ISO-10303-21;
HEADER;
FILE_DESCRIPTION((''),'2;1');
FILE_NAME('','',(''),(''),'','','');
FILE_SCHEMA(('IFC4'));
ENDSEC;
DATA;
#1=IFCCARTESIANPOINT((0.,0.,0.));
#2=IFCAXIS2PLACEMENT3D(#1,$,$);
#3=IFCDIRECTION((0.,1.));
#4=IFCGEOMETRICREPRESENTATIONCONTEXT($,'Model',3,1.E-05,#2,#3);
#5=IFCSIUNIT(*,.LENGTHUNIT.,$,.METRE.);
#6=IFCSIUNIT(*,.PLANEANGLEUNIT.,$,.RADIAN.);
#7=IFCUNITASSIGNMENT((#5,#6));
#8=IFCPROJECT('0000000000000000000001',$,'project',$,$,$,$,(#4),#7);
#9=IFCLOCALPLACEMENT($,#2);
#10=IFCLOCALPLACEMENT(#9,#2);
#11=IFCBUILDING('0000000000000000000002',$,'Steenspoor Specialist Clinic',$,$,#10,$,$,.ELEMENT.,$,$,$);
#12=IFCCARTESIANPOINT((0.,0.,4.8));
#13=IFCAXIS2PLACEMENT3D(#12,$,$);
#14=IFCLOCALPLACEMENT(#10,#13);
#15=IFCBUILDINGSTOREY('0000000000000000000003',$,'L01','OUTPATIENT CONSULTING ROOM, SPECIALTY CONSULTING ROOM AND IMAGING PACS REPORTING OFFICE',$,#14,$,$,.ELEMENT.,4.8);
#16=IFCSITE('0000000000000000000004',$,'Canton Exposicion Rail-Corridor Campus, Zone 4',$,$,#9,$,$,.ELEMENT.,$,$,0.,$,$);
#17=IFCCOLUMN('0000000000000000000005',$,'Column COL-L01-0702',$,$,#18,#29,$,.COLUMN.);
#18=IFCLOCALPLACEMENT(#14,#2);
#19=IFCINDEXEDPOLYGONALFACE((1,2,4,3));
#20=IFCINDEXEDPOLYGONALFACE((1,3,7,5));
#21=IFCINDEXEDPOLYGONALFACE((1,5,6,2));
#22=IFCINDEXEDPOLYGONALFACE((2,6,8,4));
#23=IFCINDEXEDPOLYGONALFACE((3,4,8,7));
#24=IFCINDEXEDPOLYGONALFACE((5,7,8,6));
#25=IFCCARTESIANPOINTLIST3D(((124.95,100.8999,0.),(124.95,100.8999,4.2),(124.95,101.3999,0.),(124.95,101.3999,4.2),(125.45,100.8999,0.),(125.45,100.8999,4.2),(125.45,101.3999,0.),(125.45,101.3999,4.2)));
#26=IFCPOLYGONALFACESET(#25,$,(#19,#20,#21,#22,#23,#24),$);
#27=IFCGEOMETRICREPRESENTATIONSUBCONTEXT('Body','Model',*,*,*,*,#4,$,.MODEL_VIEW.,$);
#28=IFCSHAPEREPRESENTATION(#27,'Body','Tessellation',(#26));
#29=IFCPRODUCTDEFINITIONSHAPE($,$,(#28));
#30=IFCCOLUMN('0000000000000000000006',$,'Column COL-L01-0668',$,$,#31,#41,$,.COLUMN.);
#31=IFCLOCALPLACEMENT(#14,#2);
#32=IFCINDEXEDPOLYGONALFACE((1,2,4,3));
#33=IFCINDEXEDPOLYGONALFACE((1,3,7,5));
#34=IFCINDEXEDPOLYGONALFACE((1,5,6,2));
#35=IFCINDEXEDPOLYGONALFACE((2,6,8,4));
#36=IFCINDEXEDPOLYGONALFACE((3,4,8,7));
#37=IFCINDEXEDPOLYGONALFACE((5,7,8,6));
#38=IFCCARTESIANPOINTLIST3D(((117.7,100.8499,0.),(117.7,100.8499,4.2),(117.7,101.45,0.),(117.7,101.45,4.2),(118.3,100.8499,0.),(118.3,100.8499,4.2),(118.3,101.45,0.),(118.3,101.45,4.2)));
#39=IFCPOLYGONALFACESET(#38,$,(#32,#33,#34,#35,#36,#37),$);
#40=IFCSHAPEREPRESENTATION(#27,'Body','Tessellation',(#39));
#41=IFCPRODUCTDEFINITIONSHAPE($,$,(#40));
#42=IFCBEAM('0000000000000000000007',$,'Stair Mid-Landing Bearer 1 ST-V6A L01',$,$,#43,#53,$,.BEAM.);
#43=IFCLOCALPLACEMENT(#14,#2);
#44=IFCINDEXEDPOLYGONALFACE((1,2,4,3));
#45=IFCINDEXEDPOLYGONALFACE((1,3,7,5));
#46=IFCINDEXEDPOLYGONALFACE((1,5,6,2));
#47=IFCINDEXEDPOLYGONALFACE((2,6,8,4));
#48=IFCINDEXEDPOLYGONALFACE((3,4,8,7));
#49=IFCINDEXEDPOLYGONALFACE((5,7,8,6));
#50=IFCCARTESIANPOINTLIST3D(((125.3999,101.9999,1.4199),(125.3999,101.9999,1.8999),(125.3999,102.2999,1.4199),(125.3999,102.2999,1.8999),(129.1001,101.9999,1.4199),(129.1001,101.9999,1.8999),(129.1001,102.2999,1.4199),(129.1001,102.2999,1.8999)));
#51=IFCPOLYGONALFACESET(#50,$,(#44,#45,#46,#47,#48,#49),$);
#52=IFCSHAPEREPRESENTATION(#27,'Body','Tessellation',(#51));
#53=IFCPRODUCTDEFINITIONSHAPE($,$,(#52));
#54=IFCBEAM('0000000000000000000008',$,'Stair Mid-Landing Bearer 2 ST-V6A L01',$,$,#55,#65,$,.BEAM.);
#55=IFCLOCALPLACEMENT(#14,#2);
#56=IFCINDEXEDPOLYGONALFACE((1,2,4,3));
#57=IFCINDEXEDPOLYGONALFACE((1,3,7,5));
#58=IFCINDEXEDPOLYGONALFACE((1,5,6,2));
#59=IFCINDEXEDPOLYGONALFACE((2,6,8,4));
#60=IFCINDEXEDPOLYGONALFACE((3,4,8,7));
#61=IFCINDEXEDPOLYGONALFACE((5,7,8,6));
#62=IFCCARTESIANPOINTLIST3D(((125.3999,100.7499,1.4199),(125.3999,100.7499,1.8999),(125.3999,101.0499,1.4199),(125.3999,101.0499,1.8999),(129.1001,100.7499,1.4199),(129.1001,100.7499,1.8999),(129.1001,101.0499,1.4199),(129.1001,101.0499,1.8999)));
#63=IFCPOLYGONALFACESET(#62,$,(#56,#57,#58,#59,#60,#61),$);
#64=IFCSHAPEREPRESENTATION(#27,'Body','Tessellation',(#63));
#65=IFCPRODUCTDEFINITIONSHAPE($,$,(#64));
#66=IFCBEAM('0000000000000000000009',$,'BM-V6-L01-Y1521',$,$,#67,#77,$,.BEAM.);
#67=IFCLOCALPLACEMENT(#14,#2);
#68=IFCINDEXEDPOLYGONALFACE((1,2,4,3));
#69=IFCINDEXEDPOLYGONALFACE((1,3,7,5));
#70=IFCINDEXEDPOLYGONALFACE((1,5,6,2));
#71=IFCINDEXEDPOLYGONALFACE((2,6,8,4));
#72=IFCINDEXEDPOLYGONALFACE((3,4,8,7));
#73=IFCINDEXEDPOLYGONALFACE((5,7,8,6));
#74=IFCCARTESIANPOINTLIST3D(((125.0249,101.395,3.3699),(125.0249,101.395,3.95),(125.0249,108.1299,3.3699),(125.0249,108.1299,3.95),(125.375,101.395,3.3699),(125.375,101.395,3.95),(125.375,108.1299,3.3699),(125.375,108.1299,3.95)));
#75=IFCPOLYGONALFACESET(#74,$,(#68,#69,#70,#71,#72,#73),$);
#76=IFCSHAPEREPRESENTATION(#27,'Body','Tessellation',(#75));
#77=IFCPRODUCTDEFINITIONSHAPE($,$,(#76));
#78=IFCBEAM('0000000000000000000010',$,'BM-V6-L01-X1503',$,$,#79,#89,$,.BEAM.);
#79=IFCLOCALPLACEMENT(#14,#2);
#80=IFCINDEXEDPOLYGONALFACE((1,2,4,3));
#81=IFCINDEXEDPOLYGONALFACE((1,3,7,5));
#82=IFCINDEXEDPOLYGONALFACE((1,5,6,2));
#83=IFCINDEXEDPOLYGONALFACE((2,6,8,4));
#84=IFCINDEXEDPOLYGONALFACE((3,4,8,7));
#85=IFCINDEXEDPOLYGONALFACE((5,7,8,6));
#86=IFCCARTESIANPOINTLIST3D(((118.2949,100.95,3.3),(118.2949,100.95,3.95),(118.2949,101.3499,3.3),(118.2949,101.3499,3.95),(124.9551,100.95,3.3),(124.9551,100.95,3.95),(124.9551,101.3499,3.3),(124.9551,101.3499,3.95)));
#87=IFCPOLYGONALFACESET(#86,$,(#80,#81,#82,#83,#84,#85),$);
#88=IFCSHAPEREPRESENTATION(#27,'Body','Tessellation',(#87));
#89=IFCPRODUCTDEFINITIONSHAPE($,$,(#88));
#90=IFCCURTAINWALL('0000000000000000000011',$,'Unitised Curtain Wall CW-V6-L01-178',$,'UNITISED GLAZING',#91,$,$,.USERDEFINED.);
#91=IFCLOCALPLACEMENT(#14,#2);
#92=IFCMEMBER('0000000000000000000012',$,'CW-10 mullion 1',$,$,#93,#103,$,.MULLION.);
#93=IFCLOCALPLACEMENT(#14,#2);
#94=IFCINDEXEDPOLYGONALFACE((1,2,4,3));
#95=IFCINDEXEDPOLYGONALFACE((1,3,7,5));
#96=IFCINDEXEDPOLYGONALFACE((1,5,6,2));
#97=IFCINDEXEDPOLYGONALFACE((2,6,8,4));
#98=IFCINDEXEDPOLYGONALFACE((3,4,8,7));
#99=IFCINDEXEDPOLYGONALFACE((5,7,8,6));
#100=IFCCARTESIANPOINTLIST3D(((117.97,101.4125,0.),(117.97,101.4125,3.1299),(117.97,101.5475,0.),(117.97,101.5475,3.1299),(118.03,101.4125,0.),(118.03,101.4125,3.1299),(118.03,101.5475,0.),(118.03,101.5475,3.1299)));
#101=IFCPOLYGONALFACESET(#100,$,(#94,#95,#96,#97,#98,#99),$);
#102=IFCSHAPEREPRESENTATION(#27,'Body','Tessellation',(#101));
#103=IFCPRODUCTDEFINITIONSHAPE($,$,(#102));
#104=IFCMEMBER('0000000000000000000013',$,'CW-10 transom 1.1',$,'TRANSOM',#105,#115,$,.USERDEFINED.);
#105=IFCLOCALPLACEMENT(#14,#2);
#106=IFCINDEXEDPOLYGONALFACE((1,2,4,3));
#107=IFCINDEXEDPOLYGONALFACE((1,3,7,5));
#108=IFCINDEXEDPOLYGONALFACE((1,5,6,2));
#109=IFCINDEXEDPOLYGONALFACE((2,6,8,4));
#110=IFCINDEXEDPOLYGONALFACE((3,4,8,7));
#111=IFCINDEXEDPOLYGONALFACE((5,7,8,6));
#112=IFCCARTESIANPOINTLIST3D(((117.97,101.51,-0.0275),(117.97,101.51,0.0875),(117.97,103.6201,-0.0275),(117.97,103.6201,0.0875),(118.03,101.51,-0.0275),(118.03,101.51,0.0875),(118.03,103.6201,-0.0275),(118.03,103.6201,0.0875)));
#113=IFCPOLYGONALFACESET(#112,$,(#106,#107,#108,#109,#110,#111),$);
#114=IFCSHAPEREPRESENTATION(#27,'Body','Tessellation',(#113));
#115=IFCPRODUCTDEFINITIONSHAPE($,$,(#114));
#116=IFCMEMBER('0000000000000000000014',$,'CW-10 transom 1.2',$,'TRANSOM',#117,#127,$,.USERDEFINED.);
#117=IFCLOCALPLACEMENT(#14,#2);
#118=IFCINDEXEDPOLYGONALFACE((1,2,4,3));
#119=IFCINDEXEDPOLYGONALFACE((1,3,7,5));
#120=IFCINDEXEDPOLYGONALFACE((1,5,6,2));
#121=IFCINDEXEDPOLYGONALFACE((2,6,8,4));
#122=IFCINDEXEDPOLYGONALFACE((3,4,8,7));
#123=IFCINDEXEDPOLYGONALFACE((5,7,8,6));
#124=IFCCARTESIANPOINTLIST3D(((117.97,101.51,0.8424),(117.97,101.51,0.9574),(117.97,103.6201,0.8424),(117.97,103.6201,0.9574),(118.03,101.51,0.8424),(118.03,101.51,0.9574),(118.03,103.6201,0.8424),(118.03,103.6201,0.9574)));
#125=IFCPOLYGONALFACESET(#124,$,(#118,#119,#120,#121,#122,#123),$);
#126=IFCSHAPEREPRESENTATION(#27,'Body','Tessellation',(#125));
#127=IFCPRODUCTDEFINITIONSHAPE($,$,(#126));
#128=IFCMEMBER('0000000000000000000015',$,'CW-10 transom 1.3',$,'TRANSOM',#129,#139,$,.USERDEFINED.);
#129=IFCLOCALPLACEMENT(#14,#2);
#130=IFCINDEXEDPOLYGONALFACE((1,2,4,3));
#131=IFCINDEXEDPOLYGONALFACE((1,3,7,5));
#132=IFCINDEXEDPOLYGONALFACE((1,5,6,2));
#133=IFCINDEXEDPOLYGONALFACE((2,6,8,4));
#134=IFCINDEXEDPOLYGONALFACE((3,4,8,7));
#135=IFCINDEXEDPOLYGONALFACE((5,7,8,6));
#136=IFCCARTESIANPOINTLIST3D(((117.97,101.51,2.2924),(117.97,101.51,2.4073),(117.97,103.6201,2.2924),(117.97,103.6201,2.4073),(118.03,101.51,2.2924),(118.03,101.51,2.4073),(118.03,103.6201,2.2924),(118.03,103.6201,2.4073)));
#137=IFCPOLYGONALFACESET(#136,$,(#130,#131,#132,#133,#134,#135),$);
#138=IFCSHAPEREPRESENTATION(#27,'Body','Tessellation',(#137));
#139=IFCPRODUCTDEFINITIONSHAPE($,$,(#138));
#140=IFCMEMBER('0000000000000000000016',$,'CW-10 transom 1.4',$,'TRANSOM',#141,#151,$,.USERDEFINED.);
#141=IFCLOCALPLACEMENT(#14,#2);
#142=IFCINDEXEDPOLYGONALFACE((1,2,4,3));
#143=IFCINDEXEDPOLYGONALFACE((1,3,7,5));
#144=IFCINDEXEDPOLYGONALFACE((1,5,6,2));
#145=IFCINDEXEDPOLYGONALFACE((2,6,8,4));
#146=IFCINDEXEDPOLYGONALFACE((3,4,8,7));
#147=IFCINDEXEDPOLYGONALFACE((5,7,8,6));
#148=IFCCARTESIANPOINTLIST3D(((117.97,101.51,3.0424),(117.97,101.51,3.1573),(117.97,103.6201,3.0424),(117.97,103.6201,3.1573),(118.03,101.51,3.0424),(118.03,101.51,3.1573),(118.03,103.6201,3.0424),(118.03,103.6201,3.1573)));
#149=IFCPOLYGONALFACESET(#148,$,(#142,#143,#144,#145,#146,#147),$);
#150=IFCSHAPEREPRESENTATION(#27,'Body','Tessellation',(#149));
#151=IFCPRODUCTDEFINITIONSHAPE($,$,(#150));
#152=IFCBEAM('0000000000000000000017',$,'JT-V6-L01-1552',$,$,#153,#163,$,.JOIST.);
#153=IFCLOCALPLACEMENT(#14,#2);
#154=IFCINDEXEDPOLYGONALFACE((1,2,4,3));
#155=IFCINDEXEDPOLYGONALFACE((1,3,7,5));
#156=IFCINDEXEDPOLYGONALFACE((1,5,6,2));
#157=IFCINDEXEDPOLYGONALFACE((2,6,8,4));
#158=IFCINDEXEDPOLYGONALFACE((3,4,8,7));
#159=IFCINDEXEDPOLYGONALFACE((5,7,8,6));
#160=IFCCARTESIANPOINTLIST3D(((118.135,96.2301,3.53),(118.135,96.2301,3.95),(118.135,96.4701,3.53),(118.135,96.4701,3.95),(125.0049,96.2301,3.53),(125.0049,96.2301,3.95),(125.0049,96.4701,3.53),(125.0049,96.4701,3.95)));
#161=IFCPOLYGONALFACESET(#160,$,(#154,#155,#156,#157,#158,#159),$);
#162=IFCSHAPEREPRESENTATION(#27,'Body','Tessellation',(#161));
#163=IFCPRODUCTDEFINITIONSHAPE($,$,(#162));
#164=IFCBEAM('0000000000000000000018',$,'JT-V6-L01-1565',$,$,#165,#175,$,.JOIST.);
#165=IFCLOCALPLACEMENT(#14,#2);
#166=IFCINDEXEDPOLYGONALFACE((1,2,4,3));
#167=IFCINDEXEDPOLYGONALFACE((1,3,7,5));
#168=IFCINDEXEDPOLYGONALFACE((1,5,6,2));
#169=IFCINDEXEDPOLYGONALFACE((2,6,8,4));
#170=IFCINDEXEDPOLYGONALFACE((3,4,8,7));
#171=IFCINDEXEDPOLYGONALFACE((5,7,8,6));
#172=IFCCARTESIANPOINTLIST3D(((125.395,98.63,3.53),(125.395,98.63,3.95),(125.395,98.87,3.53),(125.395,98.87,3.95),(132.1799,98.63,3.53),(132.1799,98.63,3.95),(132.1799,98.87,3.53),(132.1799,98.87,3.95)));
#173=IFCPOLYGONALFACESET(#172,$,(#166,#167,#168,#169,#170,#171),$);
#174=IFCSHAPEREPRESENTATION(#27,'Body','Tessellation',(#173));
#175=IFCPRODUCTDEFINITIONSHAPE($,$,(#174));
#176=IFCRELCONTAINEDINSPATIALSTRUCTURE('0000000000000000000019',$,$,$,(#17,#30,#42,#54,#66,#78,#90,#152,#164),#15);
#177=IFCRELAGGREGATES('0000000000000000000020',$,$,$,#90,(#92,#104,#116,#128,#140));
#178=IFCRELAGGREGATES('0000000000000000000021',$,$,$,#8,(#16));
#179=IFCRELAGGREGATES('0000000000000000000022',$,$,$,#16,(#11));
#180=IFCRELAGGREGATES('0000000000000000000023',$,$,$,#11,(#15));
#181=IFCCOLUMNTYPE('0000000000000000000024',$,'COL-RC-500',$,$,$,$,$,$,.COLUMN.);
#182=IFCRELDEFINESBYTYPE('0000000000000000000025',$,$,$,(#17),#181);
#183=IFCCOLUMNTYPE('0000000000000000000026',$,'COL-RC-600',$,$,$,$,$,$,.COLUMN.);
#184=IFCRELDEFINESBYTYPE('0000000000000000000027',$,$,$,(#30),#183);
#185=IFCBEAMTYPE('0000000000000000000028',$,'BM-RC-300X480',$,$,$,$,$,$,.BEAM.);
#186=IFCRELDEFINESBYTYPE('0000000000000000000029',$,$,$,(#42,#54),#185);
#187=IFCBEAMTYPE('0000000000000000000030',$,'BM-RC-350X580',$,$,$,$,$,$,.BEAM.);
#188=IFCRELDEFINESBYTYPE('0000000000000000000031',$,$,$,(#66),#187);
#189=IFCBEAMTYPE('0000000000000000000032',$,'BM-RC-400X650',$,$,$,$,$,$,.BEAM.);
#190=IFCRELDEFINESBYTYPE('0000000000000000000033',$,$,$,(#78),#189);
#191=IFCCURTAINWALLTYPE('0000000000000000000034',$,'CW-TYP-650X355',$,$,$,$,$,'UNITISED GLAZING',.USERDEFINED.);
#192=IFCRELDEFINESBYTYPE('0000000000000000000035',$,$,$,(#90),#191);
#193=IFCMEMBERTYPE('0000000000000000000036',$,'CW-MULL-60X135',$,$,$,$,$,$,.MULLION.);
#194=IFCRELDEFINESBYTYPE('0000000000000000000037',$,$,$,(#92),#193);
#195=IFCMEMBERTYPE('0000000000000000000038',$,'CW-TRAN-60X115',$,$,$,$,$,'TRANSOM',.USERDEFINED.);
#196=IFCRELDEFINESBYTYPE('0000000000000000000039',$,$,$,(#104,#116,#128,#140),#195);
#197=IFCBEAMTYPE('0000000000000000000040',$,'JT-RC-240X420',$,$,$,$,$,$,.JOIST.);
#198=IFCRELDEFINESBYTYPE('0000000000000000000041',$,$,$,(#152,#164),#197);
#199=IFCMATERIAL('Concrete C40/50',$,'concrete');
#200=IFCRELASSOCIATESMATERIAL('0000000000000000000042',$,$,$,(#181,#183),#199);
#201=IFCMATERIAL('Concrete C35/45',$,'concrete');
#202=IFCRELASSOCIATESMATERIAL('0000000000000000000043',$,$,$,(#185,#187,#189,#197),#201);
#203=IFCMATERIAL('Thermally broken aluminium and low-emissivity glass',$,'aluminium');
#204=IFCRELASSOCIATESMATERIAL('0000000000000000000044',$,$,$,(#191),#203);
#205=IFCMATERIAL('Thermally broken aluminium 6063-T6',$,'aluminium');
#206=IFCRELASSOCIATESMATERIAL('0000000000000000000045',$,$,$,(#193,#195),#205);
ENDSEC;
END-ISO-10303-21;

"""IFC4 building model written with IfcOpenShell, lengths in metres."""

from ifc_helpers import new_model, si_unit, direction, frame, origin, origin_2d, place, context, subcontext, project, spatial, rectangle, extrude, material, material_profile, profile_set, type_object, element, aggregate, save


model = new_model("IFC4")

# Units and contexts
model_context = context("Model", 3, precision=1e-05, world=origin(), true_north=direction((0.0, 1.0)))
body_context = subcontext(model_context, "Body", "Model", "MODEL_VIEW")
ifc_project = project(units=[si_unit("LENGTHUNIT", "METRE"), si_unit("PLANEANGLEUNIT", "RADIAN")], contexts=[model_context])

# Site, building, storey
site_placement = place(None, origin())
site = spatial("IfcSite", under=ifc_project, at=site_placement, Name="Canton Exposicion Rail-Corridor Campus, Zone 4", CompositionType="ELEMENT", RefElevation=0.0)
building_placement = place(site_placement, origin())
building = spatial("IfcBuilding", under=site, at=building_placement, Name="Steenspoor Specialist Clinic", CompositionType="ELEMENT")
storey_placement = place(building_placement, frame((0.0, 0.0, 4.8)))
storey = spatial("IfcBuildingStorey", under=building, at=storey_placement, Name="L01", Description="OUTPATIENT CONSULTING ROOM, SPECIALTY CONSULTING ROOM AND IMAGING PACS REPORTING OFFICE", CompositionType="ELEMENT", Elevation=4.8)

# Columns
ifc_material_1 = material(Name="Concrete C40/50", Category="concrete")
ifc_material_profile_1 = material_profile(ifc_material_1, rectangle(XDim=0.5, YDim=0.5, at=origin_2d()), Name="RC-COL-500X500")
ifc_profile_set_1 = profile_set([ifc_material_profile_1], Name="Concrete C40/50")
column_type_1 = type_object("IfcColumnType", Name="COL-RC-500", PredefinedType="COLUMN", material=ifc_profile_set_1)
column_1_placement = place(storey_placement, frame((125.2, 101.1499, 0.0), z_axis=(0.0, 0.0, 1.0), x_axis=(1.0, 0.0, 0.0)))
element("IfcColumn", 1, at=column_1_placement, inside=storey, type_object=column_type_1, Name="Column COL-L01-0702", PredefinedType="COLUMN", context=body_context, shape_type="SweptSolid", body=[
    extrude(rectangle(XDim=0.5, YDim=0.5, at=origin_2d()), origin(), (0.0, 0.0, 1.0), 4.2),
])
ifc_material_profile_2 = material_profile(ifc_material_1, rectangle(XDim=0.6001, YDim=0.6001, at=origin_2d()), Name="RC-COL-600X600")
ifc_profile_set_2 = profile_set([ifc_material_profile_2], Name="Concrete C40/50")
column_type_2 = type_object("IfcColumnType", Name="COL-RC-600", PredefinedType="COLUMN", material=ifc_profile_set_2)
column_2_placement = place(storey_placement, frame((118.0, 101.1499, 0.0), z_axis=(0.0, 0.0, 1.0), x_axis=(1.0, 0.0, 0.0)))
element("IfcColumn", 2, at=column_2_placement, inside=storey, type_object=column_type_2, Name="Column COL-L01-0668", PredefinedType="COLUMN", context=body_context, shape_type="SweptSolid", body=[
    extrude(rectangle(XDim=0.6001, YDim=0.6001, at=origin_2d()), origin(), (0.0, 0.0, 1.0), 4.2),
])

# Beams
ifc_material_2 = material(Name="Concrete C35/45", Category="concrete")
ifc_material_profile_3 = material_profile(ifc_material_2, rectangle(XDim=0.3, YDim=0.48, at=origin_2d()), Name="RC-BM-300X480")
ifc_profile_set_3 = profile_set([ifc_material_profile_3], Name="Concrete C35/45")
beam_type_1 = type_object("IfcBeamType", Name="BM-RC-300X480", PredefinedType="BEAM", material=ifc_profile_set_3)
for number, where, z_axis, x_axis, name in (
    (3, (125.3999, 102.1499, 1.6599), (1.0, 0.0, 0.0), (0.0, 1.0, 0.0), "Stair Mid-Landing Bearer 1 ST-V6A L01"),
    (4, (125.3999, 100.8999, 1.6599), (1.0, 0.0, 0.0), (0.0, 1.0, 0.0), "Stair Mid-Landing Bearer 2 ST-V6A L01"),
):
    element("IfcBeam", number, at=place(storey_placement, frame(where, z_axis=z_axis, x_axis=x_axis)), inside=storey, type_object=beam_type_1, Name=name, PredefinedType="BEAM", context=body_context, shape_type="SweptSolid", body=[
        extrude(rectangle(XDim=0.3, YDim=0.48, at=origin_2d()), origin(), (0.0, 0.0, 1.0), 3.7002),
    ])
ifc_material_profile_4 = material_profile(ifc_material_2, rectangle(XDim=0.3501, YDim=0.5801, at=origin_2d()), Name="RC-BM-350X580")
ifc_profile_set_4 = profile_set([ifc_material_profile_4], Name="Concrete C35/45")
beam_type_2 = type_object("IfcBeamType", Name="BM-RC-350X580", PredefinedType="BEAM", material=ifc_profile_set_4)
beam_1_placement = place(storey_placement, frame((125.2, 101.395, 3.6599), z_axis=(0.0, 1.0, 0.0), x_axis=(-1.0, 0.0, 0.0)))
element("IfcBeam", 5, at=beam_1_placement, inside=storey, type_object=beam_type_2, Name="BM-V6-L01-Y1521", PredefinedType="BEAM", context=body_context, shape_type="SweptSolid", body=[
    extrude(rectangle(XDim=0.3501, YDim=0.5801, at=origin_2d()), origin(), (0.0, 0.0, 1.0), 6.7349),
])
ifc_material_profile_5 = material_profile(ifc_material_2, rectangle(XDim=0.3999, YDim=0.6499, at=origin_2d()), Name="RC-BM-400X650")
ifc_profile_set_5 = profile_set([ifc_material_profile_5], Name="Concrete C35/45")
beam_type_3 = type_object("IfcBeamType", Name="BM-RC-400X650", PredefinedType="BEAM", material=ifc_profile_set_5)
beam_2_placement = place(storey_placement, frame((118.2949, 101.1499, 3.625), z_axis=(1.0, 0.0, 0.0), x_axis=(0.0, 1.0, 0.0)))
element("IfcBeam", 6, at=beam_2_placement, inside=storey, type_object=beam_type_3, Name="BM-V6-L01-X1503", PredefinedType="BEAM", context=body_context, shape_type="SweptSolid", body=[
    extrude(rectangle(XDim=0.3999, YDim=0.6499, at=origin_2d()), origin(), (0.0, 0.0, 1.0), 6.6602),
])

# Curtain wall, members
ifc_material_3 = material(Name="Thermally broken aluminium and low-emissivity glass", Category="aluminium")
curtain_wall_type = type_object("IfcCurtainWallType", Name="CW-TYP-650X355", ElementType="UNITISED GLAZING", PredefinedType="USERDEFINED", material=ifc_material_3)
curtain_wall_placement = place(storey_placement, origin())
curtain_wall = element("IfcCurtainWall", 7, at=curtain_wall_placement, inside=storey, type_object=curtain_wall_type, Name="Unitised Curtain Wall CW-V6-L01-178", ObjectType="UNITISED GLAZING", PredefinedType="USERDEFINED")
ifc_material_4 = material(Name="Thermally broken aluminium 6063-T6", Category="aluminium")
ifc_material_profile_6 = material_profile(ifc_material_4, rectangle(XDim=0.0601, YDim=0.135, at=origin_2d()), Name="CWM-60X135")
ifc_profile_set_6 = profile_set([ifc_material_profile_6], Name="Thermally broken aluminium 6063-T6")
member_type_1 = type_object("IfcMemberType", Name="CW-MULL-60X135", PredefinedType="MULLION", material=ifc_profile_set_6)
member_1_placement = place(storey_placement, frame((118.0, 101.48, 0.0), z_axis=(0.0, 0.0, 1.0), x_axis=(-1.0, 0.0, 0.0)))
member_1 = element("IfcMember", 8, at=member_1_placement, type_object=member_type_1, Name="CW-10 mullion 1", PredefinedType="MULLION", context=body_context, shape_type="SweptSolid", body=[
    extrude(rectangle(XDim=0.0601, YDim=0.135, at=origin_2d()), origin(), (0.0, 0.0, 1.0), 3.1299),
])
ifc_material_profile_7 = material_profile(ifc_material_4, rectangle(XDim=0.0601, YDim=0.115, at=origin_2d()), Name="CWT-60X115")
ifc_profile_set_7 = profile_set([ifc_material_profile_7], Name="Thermally broken aluminium 6063-T6")
member_type_2 = type_object("IfcMemberType", Name="CW-TRAN-60X115", ElementType="TRANSOM", PredefinedType="USERDEFINED", material=ifc_profile_set_7)
member_2_placement = place(storey_placement, frame((118.0, 101.51, 0.03), z_axis=(0.0, 1.0, 0.0), x_axis=(-1.0, 0.0, 0.0)))
member_2 = element("IfcMember", 9, at=member_2_placement, type_object=member_type_2, Name="CW-10 transom 1.1", ObjectType="TRANSOM", PredefinedType="USERDEFINED", context=body_context, shape_type="SweptSolid", body=[
    extrude(rectangle(XDim=0.0601, YDim=0.115, at=origin_2d()), origin(), (0.0, 0.0, 1.0), 2.1101),
])
member_3_placement = place(storey_placement, frame((118.0, 101.51, 0.8999), z_axis=(0.0, 1.0, 0.0), x_axis=(-1.0, 0.0, 0.0)))
member_3 = element("IfcMember", 10, at=member_3_placement, type_object=member_type_2, Name="CW-10 transom 1.2", ObjectType="TRANSOM", PredefinedType="USERDEFINED", context=body_context, shape_type="SweptSolid", body=[
    extrude(rectangle(XDim=0.0601, YDim=0.115, at=origin_2d()), origin(), (0.0, 0.0, 1.0), 2.1101),
])
member_4_placement = place(storey_placement, frame((118.0, 101.51, 2.3499), z_axis=(0.0, 1.0, 0.0), x_axis=(-1.0, 0.0, 0.0)))
member_4 = element("IfcMember", 11, at=member_4_placement, type_object=member_type_2, Name="CW-10 transom 1.3", ObjectType="TRANSOM", PredefinedType="USERDEFINED", context=body_context, shape_type="SweptSolid", body=[
    extrude(rectangle(XDim=0.0601, YDim=0.115, at=origin_2d()), origin(), (0.0, 0.0, 1.0), 2.1101),
])
member_5_placement = place(storey_placement, frame((118.0, 101.51, 3.0999), z_axis=(0.0, 1.0, 0.0), x_axis=(-1.0, 0.0, 0.0)))
member_5 = element("IfcMember", 12, at=member_5_placement, type_object=member_type_2, Name="CW-10 transom 1.4", ObjectType="TRANSOM", PredefinedType="USERDEFINED", context=body_context, shape_type="SweptSolid", body=[
    extrude(rectangle(XDim=0.0601, YDim=0.115, at=origin_2d()), origin(), (0.0, 0.0, 1.0), 2.1101),
])

# Beams
ifc_material_profile_8 = material_profile(ifc_material_2, rectangle(XDim=0.24, YDim=0.4199, at=origin_2d()), Name="RC-JT-240X420")
ifc_profile_set_8 = profile_set([ifc_material_profile_8], Name="Concrete C35/45")
beam_type_4 = type_object("IfcBeamType", Name="JT-RC-240X420", PredefinedType="JOIST", material=ifc_profile_set_8)
beam_3_placement = place(storey_placement, frame((118.135, 96.3501, 3.74), z_axis=(1.0, 0.0, 0.0), x_axis=(0.0, 1.0, 0.0)))
element("IfcBeam", 13, at=beam_3_placement, inside=storey, type_object=beam_type_4, Name="JT-V6-L01-1552", PredefinedType="JOIST", context=body_context, shape_type="SweptSolid", body=[
    extrude(rectangle(XDim=0.24, YDim=0.4199, at=origin_2d()), origin(), (0.0, 0.0, 1.0), 6.8699),
])
beam_4_placement = place(storey_placement, frame((125.395, 98.75, 3.74), z_axis=(1.0, 0.0, 0.0), x_axis=(0.0, 1.0, 0.0)))
element("IfcBeam", 14, at=beam_4_placement, inside=storey, type_object=beam_type_4, Name="JT-V6-L01-1565", PredefinedType="JOIST", context=body_context, shape_type="SweptSolid", body=[
    extrude(rectangle(XDim=0.24, YDim=0.4199, at=origin_2d()), origin(), (0.0, 0.0, 1.0), 6.7849),
])

aggregate(curtain_wall, [member_1, member_2, member_3, member_4, member_5])

save(model, "model.ifc")
